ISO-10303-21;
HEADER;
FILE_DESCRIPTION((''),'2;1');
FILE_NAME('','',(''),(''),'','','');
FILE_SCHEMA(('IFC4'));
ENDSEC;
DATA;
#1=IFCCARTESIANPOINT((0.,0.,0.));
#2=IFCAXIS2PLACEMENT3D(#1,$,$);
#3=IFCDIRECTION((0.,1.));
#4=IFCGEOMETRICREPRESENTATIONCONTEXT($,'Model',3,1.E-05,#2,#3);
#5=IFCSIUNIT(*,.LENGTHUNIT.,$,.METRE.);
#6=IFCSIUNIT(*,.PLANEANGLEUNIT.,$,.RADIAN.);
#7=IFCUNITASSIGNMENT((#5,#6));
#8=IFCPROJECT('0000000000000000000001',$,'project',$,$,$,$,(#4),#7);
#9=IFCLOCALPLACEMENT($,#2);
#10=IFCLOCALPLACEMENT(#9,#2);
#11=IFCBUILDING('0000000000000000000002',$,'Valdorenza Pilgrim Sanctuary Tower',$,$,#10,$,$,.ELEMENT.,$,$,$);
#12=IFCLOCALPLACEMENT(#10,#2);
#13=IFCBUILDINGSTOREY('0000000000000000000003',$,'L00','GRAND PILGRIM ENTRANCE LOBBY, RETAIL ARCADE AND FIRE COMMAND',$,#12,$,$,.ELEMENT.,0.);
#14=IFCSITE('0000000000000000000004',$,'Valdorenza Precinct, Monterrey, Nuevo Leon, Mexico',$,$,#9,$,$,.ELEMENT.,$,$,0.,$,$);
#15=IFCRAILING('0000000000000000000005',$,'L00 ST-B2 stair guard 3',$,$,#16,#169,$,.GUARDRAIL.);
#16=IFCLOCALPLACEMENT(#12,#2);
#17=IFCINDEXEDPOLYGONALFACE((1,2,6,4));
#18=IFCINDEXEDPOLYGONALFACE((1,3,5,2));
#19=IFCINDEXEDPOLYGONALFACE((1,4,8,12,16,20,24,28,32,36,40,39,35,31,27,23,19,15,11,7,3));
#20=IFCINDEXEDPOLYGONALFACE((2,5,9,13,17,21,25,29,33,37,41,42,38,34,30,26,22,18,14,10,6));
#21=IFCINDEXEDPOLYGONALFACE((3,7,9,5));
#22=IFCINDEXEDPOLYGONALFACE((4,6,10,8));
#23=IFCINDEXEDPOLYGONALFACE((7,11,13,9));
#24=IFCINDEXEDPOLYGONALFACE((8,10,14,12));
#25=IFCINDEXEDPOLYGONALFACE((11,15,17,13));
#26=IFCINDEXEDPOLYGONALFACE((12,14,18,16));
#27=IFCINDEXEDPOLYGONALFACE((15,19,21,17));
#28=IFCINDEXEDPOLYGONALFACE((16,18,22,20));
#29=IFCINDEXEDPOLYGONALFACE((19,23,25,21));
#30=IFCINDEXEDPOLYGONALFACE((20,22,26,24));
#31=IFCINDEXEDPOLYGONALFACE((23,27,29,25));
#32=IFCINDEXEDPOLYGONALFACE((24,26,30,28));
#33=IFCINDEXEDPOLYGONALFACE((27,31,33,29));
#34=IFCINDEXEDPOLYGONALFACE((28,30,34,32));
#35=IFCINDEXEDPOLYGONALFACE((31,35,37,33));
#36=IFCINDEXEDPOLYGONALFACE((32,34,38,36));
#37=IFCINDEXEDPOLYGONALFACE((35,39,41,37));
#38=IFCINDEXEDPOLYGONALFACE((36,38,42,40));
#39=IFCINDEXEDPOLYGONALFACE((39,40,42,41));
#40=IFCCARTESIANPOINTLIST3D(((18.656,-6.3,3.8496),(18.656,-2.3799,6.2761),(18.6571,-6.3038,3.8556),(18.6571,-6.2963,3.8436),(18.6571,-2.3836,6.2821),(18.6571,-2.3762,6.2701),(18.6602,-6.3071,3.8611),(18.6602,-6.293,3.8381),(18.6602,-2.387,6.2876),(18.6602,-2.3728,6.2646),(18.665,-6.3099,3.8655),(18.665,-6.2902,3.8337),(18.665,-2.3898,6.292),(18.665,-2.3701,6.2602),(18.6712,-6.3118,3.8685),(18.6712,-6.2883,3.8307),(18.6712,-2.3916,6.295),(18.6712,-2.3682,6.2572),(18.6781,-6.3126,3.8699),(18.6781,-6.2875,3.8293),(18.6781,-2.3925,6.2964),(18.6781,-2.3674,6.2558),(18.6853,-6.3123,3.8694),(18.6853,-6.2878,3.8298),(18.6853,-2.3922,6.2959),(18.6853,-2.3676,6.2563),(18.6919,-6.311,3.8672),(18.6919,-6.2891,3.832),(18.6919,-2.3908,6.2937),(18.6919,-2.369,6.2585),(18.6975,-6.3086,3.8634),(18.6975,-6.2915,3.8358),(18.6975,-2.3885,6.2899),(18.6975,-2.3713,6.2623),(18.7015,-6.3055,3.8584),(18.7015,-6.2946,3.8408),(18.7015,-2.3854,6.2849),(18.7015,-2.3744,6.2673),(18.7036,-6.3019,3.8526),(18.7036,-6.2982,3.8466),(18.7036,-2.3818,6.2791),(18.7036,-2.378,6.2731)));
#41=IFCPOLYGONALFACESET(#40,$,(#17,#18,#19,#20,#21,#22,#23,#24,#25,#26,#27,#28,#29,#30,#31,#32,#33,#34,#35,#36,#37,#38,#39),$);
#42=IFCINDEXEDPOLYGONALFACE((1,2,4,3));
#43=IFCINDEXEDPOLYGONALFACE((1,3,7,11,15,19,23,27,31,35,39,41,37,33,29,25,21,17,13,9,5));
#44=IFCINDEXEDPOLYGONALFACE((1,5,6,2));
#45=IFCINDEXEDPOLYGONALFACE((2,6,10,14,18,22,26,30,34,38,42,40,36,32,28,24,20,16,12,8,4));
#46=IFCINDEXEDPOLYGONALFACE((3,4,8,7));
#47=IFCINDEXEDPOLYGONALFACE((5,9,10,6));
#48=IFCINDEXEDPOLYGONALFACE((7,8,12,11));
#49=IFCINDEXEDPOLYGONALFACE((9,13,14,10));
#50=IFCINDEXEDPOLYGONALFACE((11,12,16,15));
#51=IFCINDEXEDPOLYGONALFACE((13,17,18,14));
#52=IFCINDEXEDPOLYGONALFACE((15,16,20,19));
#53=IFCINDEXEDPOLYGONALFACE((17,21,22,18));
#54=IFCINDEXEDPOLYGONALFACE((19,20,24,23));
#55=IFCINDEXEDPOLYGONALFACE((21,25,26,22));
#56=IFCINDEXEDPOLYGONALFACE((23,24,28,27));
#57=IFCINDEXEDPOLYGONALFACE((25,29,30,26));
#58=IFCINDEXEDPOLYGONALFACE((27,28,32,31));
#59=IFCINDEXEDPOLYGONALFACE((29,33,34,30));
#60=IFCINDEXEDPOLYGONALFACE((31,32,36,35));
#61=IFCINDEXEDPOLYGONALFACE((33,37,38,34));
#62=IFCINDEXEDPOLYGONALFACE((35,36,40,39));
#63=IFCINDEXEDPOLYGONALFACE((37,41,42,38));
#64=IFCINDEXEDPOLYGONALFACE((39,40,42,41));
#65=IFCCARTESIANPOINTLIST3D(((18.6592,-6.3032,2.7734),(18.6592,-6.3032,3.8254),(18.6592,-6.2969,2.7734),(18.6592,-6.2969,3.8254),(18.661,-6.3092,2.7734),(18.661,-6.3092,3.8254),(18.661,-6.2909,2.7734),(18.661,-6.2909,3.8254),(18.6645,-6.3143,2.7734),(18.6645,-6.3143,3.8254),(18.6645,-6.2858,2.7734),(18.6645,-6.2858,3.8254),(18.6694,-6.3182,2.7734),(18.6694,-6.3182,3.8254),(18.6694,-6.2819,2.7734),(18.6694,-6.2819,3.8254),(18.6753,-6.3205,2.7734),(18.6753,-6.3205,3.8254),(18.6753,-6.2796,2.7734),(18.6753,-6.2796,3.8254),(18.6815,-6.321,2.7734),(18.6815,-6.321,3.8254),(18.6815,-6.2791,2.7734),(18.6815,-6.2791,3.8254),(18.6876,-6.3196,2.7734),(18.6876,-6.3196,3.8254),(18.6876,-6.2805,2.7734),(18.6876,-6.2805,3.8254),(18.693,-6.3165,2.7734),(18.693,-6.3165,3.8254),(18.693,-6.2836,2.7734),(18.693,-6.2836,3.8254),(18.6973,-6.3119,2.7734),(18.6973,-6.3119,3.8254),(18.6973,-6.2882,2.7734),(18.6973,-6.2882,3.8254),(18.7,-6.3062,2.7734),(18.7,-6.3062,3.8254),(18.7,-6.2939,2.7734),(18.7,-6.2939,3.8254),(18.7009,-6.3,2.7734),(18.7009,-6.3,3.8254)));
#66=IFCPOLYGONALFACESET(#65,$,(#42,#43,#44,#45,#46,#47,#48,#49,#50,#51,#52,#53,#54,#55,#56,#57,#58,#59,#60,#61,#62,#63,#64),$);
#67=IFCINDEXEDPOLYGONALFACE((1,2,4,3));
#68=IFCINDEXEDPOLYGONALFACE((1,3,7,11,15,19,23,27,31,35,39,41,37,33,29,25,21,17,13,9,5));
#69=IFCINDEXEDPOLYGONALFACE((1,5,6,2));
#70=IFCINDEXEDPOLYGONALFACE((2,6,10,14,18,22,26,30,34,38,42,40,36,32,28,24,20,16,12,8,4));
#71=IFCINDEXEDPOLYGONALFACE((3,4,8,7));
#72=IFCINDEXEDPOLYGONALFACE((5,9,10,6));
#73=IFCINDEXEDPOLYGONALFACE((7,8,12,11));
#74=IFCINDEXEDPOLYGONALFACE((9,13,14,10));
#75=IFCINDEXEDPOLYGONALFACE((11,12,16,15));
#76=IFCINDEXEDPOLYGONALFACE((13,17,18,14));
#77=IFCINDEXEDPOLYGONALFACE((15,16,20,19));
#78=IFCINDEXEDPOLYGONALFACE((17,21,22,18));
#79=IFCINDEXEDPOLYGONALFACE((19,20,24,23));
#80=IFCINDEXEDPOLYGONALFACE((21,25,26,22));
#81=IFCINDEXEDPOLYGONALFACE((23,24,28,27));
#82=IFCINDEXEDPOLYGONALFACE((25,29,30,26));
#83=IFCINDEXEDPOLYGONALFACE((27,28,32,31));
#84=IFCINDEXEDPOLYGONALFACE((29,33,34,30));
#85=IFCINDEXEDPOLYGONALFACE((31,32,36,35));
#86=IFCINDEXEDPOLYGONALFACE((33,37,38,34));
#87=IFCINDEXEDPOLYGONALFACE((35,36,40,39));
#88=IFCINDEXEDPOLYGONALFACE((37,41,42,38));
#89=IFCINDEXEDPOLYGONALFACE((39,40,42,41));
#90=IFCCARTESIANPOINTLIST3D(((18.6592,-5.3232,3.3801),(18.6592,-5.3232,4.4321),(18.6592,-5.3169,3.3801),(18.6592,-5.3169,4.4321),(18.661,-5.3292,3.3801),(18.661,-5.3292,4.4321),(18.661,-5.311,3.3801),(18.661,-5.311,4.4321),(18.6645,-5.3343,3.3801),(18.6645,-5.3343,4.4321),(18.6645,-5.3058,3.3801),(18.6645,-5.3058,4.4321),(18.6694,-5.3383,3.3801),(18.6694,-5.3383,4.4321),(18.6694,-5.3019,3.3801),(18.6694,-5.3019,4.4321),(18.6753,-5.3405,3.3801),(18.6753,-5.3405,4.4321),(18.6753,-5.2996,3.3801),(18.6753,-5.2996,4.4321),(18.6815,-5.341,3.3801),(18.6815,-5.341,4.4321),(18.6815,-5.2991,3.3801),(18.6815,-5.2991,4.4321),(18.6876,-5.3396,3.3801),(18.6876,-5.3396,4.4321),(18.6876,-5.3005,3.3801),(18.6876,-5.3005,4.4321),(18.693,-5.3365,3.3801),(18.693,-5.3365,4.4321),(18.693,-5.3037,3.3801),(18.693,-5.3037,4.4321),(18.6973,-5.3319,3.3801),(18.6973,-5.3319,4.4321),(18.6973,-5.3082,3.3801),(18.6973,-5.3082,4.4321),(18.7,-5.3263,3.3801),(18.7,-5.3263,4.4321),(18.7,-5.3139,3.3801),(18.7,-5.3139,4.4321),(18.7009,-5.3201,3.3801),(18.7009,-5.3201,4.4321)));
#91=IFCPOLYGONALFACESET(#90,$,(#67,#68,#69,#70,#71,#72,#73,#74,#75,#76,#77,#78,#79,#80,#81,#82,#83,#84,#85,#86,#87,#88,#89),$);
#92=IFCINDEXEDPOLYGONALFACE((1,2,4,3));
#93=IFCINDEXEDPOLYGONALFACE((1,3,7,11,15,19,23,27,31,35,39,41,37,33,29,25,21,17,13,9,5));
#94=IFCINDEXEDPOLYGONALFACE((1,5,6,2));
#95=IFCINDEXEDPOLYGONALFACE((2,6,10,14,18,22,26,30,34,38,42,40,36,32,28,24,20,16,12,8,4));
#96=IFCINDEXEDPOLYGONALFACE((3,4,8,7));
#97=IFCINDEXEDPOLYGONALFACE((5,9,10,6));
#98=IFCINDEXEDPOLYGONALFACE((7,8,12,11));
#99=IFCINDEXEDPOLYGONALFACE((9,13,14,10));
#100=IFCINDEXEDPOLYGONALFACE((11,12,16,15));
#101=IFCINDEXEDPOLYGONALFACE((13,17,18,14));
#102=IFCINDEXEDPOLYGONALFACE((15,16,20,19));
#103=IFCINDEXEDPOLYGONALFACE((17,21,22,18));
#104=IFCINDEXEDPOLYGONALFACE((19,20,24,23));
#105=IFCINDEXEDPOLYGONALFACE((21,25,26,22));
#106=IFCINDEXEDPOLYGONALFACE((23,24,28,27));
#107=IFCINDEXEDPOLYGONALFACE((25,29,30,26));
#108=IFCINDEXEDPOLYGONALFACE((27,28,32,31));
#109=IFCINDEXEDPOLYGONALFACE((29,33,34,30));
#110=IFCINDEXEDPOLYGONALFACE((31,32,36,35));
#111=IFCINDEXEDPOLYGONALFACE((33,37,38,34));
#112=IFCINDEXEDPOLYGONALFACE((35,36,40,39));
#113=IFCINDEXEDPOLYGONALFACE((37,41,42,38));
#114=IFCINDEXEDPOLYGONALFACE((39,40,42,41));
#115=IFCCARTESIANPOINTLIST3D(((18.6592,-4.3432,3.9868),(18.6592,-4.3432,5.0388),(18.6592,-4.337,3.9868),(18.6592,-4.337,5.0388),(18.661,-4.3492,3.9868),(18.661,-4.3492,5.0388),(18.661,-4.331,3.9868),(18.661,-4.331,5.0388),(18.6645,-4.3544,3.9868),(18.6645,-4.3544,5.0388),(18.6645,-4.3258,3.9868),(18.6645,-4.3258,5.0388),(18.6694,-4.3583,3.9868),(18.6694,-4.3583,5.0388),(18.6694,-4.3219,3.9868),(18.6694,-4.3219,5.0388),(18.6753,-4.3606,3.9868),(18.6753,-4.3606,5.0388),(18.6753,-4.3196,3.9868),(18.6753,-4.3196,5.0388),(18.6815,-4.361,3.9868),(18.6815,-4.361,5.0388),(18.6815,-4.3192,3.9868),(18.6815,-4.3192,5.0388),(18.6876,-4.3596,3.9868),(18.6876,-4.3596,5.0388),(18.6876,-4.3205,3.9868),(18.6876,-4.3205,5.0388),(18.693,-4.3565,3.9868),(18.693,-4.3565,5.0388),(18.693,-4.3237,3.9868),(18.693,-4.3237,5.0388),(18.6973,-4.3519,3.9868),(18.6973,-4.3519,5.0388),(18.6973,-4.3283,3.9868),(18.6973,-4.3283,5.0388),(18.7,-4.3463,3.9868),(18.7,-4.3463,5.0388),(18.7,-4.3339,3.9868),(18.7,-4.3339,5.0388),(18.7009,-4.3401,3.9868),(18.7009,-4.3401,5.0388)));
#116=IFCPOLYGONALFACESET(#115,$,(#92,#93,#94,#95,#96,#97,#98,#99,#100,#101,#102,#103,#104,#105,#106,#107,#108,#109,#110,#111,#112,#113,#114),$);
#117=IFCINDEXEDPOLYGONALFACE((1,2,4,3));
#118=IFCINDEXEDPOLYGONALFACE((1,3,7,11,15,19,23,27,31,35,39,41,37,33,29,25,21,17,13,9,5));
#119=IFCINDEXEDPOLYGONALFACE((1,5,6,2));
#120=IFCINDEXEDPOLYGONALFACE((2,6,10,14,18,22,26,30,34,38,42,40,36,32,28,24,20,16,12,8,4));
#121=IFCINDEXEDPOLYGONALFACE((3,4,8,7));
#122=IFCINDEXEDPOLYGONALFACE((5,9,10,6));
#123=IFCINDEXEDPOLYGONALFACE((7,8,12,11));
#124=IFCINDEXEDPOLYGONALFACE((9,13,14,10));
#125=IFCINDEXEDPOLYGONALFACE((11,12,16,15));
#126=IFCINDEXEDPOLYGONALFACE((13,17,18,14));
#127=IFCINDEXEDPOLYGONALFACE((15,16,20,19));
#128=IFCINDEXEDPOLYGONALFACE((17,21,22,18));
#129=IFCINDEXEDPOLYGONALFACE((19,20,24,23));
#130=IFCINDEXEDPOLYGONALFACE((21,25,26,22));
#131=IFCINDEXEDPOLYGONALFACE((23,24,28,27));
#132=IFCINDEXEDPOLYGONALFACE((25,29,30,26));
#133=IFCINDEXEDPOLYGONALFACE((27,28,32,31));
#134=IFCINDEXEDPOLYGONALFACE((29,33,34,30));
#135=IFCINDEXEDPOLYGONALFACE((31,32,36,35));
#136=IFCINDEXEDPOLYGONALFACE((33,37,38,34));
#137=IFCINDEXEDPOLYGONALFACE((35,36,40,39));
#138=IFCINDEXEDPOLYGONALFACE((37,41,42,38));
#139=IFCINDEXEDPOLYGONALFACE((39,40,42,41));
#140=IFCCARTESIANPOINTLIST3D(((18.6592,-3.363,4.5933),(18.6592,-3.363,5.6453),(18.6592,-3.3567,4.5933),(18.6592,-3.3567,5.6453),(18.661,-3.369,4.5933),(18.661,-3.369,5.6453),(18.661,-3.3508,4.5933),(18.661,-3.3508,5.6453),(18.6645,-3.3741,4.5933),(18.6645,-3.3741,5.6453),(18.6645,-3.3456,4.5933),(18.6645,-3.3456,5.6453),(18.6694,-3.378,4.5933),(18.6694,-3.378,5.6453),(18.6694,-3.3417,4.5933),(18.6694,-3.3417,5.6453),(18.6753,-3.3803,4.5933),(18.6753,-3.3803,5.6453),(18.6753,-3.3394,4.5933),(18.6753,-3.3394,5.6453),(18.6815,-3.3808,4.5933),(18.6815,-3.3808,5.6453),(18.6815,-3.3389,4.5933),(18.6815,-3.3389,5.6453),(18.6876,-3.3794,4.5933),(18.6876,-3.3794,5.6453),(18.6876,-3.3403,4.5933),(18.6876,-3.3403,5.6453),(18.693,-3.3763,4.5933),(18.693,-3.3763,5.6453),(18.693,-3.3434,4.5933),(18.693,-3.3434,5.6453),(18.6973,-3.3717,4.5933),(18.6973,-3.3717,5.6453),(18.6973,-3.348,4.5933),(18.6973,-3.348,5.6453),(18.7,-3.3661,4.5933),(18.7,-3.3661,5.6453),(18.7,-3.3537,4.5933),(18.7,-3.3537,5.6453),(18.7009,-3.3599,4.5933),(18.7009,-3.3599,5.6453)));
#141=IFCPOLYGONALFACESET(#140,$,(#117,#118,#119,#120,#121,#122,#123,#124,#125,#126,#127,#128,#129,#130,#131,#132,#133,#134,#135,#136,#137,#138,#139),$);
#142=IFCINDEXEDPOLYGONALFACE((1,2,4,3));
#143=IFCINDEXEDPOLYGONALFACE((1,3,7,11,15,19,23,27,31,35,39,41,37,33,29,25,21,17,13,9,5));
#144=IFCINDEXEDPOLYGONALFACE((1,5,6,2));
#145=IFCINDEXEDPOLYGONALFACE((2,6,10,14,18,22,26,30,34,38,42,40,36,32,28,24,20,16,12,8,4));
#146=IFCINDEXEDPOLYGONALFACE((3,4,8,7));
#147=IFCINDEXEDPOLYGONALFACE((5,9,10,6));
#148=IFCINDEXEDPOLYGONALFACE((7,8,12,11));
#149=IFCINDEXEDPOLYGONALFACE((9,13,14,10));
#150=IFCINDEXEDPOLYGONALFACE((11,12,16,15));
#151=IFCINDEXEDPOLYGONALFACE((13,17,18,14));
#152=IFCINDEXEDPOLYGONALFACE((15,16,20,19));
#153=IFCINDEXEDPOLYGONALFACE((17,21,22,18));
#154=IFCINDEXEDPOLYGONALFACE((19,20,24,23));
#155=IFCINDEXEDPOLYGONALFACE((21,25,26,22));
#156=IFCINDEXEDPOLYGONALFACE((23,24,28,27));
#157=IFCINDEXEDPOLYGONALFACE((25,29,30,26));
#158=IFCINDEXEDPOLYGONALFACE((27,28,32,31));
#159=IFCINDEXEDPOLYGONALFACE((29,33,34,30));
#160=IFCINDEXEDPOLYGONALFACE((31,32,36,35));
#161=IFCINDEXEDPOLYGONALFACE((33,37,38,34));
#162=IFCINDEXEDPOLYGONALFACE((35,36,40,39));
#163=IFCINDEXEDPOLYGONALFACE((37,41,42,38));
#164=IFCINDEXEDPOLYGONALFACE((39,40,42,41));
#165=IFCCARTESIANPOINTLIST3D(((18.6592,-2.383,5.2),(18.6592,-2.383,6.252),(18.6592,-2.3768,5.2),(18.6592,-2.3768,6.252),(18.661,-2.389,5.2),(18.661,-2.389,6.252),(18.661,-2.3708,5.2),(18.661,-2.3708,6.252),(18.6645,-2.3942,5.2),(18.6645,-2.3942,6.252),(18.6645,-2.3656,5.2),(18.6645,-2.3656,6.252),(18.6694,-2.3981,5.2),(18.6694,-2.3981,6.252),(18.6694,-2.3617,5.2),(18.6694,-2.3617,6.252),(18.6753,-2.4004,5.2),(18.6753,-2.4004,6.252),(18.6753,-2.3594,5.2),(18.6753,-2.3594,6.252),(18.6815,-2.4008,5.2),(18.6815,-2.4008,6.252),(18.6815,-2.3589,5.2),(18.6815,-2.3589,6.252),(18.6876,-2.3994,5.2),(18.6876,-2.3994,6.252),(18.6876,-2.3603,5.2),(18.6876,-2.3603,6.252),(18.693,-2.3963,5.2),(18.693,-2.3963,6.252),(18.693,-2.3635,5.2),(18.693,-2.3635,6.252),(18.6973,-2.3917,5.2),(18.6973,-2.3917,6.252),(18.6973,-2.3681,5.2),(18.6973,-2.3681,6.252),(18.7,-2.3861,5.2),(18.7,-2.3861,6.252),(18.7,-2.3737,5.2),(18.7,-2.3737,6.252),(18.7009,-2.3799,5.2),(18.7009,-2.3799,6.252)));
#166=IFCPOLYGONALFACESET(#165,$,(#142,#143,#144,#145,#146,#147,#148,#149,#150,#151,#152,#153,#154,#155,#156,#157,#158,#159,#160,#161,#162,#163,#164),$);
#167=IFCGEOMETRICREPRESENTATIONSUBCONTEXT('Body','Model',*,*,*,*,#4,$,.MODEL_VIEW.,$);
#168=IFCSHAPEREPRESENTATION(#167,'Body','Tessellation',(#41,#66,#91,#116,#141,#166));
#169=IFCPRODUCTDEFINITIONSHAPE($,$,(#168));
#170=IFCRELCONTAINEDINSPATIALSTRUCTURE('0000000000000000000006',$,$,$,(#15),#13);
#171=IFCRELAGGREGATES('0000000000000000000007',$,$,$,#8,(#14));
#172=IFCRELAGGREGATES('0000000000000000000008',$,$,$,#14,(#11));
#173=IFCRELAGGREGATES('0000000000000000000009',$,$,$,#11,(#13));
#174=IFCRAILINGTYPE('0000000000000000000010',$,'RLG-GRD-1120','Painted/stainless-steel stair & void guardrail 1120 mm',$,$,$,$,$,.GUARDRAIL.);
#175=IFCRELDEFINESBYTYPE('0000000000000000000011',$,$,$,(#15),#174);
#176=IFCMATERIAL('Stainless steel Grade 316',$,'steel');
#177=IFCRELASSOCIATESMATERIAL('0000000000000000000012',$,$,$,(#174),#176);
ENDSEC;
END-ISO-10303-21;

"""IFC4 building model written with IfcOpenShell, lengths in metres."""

from ifc_helpers import new_model, si_unit, direction, frame, origin, origin_2d, place, context, subcontext, project, spatial, circle, extrude, material, type_object, element, save


model = new_model("IFC4")

# Units and contexts
model_context = context("Model", 3, precision=1e-05, world=origin(), true_north=direction((0.0, 1.0)))
body_context = subcontext(model_context, "Body", "Model", "MODEL_VIEW")
ifc_project = project(units=[si_unit("LENGTHUNIT", "METRE"), si_unit("PLANEANGLEUNIT", "RADIAN")], contexts=[model_context])

# Site, building, storey
site_placement = place(None, origin())
site = spatial("IfcSite", under=ifc_project, at=site_placement, Name="Valdorenza Precinct, Monterrey, Nuevo Leon, Mexico", CompositionType="ELEMENT", RefElevation=0.0)
building_placement = place(site_placement, origin())
building = spatial("IfcBuilding", under=site, at=building_placement, Name="Valdorenza Pilgrim Sanctuary Tower", CompositionType="ELEMENT")
storey_placement = place(building_placement, origin())
storey = spatial("IfcBuildingStorey", under=building, at=storey_placement, Name="L00", Description="GRAND PILGRIM ENTRANCE LOBBY, RETAIL ARCADE AND FIRE COMMAND", CompositionType="ELEMENT", Elevation=0.0)

# Railing
ifc_material_1 = material(Name="Stainless steel Grade 316", Category="steel")
railing_type_1 = type_object("IfcRailingType", Name="RLG-GRD-1120", Description="Painted/stainless-steel stair & void guardrail 1120 mm", PredefinedType="GUARDRAIL", material=ifc_material_1)
railing_1_placement = place(storey_placement, frame((18.6799, -6.3, 2.7734)))
element("IfcRailing", 1, at=railing_1_placement, inside=storey, type_object=railing_type_1, Name="L00 ST-B2 stair guard 3", PredefinedType="GUARDRAIL", context=body_context, shape_type="SweptSolid", body=[
    extrude(circle(Radius=0.0239, at=origin_2d()), frame((0.0, 0.0, 1.0762), z_axis=(0.0, 0.85029, 0.526315), x_axis=(-1.0, 0.0, 0.0)), (0.0, 0.0, 1.0), 4.6104),
    extrude(circle(Radius=0.021, at=origin_2d()), origin(), (0.0, 0.0, 1.0), 1.052),
    extrude(circle(Radius=0.021, at=origin_2d()), frame((0.0, 0.98, 0.6067)), (0.0, 0.0, 1.0), 1.052),
    extrude(circle(Radius=0.021, at=origin_2d()), frame((0.0, 1.96, 1.2134)), (0.0, 0.0, 1.0), 1.052),
    extrude(circle(Radius=0.021, at=origin_2d()), frame((0.0, 2.9402, 1.8198)), (0.0, 0.0, 1.0), 1.052),
    extrude(circle(Radius=0.021, at=origin_2d()), frame((0.0, 3.9202, 2.4265)), (0.0, 0.0, 1.0), 1.052),
])

save(model, "model.ifc")
